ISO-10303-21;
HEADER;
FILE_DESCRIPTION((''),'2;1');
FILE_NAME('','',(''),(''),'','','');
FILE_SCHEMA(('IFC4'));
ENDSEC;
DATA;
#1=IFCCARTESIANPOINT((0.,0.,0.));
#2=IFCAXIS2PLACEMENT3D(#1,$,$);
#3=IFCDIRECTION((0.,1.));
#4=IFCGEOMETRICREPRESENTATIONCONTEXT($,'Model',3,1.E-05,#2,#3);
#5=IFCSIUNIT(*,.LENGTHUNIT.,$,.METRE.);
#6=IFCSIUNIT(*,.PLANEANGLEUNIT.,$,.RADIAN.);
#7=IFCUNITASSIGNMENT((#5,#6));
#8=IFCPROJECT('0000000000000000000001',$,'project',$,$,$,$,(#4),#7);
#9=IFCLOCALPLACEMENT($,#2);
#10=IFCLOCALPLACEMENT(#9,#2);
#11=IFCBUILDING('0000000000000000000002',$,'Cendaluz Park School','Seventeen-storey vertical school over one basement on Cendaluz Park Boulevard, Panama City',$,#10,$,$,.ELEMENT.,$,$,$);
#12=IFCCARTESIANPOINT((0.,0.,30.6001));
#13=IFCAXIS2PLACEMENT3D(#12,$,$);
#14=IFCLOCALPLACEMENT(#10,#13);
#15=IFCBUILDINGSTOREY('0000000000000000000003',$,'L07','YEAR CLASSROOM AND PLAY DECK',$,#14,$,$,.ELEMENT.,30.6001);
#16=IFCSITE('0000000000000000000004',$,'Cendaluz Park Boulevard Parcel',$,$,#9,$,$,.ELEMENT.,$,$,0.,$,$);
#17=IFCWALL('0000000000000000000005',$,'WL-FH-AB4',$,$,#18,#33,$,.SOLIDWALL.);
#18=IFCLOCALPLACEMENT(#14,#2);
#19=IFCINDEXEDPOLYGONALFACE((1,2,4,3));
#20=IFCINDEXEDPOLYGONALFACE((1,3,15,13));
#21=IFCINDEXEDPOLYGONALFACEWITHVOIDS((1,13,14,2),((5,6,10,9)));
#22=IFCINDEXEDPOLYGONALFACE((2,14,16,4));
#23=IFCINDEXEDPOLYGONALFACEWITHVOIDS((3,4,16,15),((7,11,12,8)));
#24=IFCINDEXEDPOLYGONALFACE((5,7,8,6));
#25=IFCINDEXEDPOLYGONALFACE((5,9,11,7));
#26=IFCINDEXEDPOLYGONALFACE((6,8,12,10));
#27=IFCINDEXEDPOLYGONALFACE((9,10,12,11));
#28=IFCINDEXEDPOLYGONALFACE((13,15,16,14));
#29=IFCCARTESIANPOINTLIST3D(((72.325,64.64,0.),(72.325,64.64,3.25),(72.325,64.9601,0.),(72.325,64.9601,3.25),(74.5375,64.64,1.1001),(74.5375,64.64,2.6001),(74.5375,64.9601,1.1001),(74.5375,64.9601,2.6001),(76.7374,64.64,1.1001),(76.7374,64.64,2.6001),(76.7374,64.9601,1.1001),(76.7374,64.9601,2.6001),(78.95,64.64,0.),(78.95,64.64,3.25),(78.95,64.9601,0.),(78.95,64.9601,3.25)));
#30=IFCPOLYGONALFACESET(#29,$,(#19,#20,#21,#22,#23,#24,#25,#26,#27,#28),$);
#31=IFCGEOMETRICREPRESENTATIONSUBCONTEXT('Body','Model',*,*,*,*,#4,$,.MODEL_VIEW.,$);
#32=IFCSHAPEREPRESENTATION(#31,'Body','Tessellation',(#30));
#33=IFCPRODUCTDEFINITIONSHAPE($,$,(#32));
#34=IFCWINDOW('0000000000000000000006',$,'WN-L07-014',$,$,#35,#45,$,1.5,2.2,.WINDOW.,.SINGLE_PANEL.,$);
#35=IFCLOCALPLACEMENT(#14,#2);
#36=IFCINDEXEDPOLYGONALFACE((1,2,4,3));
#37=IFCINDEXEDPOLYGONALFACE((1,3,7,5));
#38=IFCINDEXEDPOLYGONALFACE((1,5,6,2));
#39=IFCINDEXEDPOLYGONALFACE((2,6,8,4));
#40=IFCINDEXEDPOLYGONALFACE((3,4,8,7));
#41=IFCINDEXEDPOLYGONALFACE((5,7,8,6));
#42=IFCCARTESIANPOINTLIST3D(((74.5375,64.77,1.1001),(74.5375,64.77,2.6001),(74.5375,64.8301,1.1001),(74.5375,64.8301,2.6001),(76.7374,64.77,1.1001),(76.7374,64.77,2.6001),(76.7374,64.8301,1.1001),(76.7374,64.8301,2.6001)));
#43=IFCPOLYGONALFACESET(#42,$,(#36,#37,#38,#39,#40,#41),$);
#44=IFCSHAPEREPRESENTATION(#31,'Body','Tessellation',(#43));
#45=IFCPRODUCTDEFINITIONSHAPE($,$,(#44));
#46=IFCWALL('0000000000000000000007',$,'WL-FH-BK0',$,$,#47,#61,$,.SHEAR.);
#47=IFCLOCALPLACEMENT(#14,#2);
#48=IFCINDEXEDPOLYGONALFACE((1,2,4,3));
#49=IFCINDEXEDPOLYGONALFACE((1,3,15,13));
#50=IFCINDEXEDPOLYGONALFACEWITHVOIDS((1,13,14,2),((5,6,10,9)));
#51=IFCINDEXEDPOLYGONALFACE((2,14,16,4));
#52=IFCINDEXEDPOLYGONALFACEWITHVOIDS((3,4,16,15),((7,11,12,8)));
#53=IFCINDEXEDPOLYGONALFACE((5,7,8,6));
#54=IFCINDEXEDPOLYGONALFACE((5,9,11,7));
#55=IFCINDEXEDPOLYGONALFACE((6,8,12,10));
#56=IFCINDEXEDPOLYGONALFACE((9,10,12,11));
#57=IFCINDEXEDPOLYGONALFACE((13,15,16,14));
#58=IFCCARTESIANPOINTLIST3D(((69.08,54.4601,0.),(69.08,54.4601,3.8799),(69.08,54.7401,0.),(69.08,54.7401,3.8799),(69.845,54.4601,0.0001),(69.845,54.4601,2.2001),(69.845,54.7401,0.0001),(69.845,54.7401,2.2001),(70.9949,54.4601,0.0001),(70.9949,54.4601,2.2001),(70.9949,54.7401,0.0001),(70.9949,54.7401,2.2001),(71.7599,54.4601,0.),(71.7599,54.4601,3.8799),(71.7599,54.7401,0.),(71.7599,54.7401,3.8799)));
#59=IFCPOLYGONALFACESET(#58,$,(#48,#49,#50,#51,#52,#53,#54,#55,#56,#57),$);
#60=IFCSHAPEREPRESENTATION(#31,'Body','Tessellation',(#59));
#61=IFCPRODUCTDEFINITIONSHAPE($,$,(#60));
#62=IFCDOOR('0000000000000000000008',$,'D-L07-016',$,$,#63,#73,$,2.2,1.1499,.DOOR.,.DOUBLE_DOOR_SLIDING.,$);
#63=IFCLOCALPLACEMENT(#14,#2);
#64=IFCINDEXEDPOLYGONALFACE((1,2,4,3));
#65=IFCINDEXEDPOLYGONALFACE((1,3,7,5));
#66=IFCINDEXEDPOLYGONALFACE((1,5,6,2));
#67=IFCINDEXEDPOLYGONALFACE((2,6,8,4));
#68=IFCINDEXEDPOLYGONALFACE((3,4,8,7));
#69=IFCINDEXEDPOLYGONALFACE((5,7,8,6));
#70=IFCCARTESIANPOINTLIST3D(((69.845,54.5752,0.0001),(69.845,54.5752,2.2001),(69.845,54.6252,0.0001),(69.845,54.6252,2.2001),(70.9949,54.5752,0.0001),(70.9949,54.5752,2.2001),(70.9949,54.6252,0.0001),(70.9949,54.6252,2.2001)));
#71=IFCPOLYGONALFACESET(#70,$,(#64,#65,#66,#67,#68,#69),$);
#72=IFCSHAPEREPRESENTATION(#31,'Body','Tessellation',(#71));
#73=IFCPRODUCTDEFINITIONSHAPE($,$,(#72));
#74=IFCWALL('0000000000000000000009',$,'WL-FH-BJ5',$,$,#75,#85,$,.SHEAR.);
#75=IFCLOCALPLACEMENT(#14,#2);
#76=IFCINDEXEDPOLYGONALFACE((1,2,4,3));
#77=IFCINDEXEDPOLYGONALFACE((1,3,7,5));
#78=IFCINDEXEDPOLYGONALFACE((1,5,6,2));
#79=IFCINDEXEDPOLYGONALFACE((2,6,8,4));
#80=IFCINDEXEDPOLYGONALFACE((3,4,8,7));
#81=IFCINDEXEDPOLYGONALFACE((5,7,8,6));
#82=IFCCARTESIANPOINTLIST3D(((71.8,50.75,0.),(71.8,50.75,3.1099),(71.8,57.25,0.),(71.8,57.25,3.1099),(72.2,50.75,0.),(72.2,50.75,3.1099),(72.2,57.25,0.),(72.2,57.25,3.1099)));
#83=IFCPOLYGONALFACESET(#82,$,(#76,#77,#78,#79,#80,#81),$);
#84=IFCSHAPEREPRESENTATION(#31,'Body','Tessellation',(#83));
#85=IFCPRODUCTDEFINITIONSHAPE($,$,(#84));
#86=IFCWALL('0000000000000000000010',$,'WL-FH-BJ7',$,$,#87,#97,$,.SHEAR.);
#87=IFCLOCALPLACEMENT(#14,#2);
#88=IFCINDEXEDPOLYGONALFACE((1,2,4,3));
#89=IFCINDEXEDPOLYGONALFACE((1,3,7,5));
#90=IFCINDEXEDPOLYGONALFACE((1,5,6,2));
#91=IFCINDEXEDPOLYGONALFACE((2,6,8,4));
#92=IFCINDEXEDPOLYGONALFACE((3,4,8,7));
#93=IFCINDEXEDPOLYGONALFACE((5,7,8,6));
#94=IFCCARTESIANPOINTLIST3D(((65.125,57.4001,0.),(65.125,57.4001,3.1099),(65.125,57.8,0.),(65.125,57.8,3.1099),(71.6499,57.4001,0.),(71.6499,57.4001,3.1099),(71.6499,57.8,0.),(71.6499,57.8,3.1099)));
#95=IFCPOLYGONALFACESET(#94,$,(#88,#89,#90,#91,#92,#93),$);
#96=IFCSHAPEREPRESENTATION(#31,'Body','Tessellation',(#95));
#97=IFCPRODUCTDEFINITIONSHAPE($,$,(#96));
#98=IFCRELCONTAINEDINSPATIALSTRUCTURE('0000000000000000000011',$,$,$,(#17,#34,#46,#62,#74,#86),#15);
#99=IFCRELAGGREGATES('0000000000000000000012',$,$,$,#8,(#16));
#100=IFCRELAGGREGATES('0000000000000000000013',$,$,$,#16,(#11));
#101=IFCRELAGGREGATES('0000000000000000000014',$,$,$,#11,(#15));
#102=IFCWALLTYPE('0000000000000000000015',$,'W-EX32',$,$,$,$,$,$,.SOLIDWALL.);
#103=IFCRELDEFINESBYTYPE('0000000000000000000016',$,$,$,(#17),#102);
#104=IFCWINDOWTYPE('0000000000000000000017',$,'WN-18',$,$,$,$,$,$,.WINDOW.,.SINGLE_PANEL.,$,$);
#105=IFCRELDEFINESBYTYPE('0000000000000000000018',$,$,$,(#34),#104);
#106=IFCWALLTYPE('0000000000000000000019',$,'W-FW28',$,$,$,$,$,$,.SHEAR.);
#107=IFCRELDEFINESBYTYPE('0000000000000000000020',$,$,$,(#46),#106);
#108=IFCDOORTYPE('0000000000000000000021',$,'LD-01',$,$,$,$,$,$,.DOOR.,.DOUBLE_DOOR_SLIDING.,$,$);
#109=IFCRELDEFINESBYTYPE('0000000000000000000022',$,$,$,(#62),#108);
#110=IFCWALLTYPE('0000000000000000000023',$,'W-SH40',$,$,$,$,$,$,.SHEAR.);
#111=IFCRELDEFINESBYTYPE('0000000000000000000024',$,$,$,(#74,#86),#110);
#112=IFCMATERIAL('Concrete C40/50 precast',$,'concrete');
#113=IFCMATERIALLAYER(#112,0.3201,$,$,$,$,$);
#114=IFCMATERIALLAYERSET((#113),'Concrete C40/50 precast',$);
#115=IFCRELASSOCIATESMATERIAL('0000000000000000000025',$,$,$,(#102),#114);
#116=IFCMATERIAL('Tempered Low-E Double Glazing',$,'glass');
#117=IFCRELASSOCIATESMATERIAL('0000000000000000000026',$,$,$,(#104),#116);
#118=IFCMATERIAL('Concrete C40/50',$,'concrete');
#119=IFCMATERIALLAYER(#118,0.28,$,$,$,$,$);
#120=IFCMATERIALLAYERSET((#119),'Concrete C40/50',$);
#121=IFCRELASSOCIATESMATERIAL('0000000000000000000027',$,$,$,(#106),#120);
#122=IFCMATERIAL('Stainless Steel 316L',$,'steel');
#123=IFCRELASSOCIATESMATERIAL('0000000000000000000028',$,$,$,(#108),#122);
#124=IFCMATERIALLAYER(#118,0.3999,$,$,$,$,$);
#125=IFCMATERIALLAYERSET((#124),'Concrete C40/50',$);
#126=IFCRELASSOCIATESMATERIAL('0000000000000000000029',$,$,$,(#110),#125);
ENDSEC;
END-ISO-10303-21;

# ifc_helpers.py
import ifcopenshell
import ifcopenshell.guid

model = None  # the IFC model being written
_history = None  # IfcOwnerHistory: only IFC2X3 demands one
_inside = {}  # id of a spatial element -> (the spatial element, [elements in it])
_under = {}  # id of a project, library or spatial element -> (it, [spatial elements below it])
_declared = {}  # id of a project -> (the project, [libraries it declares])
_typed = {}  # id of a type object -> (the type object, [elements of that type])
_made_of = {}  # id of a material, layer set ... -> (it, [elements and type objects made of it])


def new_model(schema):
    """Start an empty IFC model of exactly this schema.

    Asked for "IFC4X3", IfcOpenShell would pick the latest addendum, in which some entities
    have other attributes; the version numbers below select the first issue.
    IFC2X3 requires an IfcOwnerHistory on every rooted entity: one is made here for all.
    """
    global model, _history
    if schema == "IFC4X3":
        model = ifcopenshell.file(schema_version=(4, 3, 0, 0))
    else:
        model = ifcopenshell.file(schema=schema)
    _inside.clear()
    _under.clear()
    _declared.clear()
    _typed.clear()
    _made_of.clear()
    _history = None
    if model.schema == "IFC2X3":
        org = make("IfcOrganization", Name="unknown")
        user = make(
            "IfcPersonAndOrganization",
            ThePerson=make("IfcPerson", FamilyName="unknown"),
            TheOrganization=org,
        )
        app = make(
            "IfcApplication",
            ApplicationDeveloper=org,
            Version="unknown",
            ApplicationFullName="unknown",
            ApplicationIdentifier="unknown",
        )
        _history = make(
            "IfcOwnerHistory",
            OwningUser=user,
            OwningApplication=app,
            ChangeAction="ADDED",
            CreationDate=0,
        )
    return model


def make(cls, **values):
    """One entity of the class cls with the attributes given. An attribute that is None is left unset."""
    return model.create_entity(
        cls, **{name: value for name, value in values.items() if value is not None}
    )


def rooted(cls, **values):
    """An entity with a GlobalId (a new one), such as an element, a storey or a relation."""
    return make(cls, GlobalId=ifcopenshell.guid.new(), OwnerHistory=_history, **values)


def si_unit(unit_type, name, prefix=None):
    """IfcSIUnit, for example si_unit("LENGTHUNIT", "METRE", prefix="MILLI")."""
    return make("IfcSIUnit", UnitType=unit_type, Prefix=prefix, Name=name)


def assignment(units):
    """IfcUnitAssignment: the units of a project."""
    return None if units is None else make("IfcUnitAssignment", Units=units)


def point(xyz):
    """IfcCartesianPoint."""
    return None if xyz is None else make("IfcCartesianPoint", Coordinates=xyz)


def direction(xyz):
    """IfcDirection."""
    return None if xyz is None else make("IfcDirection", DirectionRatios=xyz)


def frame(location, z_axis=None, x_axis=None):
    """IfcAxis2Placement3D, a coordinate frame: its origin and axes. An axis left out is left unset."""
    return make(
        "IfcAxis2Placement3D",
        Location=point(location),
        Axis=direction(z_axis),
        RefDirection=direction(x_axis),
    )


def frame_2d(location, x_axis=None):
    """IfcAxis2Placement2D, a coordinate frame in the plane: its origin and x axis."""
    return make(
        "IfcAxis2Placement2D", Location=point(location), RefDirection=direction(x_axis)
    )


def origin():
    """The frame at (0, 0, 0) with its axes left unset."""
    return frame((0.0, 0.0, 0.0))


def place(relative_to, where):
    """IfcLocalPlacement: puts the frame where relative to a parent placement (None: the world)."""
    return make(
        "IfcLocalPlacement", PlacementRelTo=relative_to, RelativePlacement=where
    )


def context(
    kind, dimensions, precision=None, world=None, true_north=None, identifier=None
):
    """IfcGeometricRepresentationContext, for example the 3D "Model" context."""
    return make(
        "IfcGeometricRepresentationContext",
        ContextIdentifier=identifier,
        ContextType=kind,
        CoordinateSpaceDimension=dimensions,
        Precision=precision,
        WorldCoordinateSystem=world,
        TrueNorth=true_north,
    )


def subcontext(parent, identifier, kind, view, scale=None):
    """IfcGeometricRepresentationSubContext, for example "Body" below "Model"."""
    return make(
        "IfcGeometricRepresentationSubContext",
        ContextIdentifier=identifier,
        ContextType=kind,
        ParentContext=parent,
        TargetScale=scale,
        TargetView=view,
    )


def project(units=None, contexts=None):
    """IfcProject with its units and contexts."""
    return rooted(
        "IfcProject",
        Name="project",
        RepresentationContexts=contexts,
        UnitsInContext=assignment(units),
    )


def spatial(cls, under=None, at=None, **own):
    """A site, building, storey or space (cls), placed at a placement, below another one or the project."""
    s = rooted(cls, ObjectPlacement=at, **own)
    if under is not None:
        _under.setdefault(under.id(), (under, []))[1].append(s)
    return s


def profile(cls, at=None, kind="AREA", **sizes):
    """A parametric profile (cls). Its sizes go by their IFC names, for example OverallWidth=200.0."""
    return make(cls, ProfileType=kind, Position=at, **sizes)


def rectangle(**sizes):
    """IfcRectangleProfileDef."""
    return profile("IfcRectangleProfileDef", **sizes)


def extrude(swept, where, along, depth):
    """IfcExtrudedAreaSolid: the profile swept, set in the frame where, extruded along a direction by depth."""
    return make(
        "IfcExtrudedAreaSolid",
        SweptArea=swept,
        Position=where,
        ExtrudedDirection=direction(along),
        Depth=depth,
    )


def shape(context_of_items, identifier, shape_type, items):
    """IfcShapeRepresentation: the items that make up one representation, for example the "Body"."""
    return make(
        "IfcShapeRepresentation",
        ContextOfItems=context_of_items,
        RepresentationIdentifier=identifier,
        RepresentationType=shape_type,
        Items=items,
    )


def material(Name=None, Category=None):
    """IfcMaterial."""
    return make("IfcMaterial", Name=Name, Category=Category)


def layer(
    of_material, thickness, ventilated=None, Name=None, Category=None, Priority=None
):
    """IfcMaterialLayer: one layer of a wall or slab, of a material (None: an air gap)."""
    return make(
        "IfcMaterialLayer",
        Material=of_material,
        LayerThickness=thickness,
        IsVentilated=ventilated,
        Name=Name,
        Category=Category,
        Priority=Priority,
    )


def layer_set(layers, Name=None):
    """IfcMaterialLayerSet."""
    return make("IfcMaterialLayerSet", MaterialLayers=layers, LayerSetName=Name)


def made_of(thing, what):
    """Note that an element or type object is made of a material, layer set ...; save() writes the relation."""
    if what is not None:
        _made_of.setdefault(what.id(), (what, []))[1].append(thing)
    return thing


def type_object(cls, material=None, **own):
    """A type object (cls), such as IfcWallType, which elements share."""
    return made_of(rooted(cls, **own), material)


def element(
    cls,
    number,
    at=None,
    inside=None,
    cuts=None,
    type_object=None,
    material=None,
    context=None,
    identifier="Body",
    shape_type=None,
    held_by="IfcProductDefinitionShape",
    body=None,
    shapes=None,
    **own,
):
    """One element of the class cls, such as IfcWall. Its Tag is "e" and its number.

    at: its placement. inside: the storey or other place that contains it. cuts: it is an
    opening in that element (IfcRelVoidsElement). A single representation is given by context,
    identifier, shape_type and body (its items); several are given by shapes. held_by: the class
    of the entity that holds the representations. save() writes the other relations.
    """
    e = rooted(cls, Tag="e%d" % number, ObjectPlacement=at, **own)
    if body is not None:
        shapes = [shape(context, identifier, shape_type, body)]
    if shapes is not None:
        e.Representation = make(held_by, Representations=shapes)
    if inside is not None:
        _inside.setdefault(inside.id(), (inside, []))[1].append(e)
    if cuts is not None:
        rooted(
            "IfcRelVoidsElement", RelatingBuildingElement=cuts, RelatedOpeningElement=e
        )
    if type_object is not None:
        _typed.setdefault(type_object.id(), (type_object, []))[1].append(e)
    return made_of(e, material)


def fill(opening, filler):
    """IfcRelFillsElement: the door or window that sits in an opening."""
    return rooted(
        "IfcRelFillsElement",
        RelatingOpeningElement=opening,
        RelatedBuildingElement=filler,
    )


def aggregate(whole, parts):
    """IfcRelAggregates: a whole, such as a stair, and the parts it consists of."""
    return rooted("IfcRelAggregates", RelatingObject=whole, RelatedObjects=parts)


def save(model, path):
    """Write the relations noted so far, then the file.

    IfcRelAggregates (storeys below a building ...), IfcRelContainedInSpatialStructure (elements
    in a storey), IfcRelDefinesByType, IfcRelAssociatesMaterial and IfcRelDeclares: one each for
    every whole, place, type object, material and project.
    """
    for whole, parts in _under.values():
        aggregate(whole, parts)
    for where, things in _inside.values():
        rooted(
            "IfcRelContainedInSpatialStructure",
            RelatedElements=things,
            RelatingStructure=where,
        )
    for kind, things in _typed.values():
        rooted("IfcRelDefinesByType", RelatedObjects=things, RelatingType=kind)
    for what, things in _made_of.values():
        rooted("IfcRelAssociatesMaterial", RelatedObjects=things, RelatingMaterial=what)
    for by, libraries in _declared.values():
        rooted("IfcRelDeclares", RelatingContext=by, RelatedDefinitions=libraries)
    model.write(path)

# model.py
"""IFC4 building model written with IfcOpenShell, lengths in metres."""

from ifc_helpers import new_model, si_unit, direction, frame, frame_2d, origin, place, context, subcontext, project, spatial, rectangle, extrude, material, layer, layer_set, type_object, element, fill, save


model = new_model("IFC4")

# Units and contexts
model_context = context("Model", 3, precision=1e-05, world=origin(), true_north=direction((0.0, 1.0)))
body_context = subcontext(model_context, "Body", "Model", "MODEL_VIEW")
ifc_project = project(units=[si_unit("LENGTHUNIT", "METRE"), si_unit("PLANEANGLEUNIT", "RADIAN")], contexts=[model_context])

# Site, building, storey
site_placement = place(None, origin())
site = spatial("IfcSite", under=ifc_project, at=site_placement, Name="Cendaluz Park Boulevard Parcel", CompositionType="ELEMENT", RefElevation=0.0)
building_placement = place(site_placement, origin())
building = spatial("IfcBuilding", under=site, at=building_placement, Name="Cendaluz Park School", Description="Seventeen-storey vertical school over one basement on Cendaluz Park Boulevard, Panama City", CompositionType="ELEMENT")
storey_placement = place(building_placement, frame((0.0, 0.0, 30.6001)))
storey = spatial("IfcBuildingStorey", under=building, at=storey_placement, Name="L07", Description="YEAR CLASSROOM AND PLAY DECK", CompositionType="ELEMENT", Elevation=30.6001)

# Shared definitions
ifc_material_1 = material(Name="Concrete C40/50", Category="concrete")

# Wall, opening, window
ifc_material_2 = material(Name="Concrete C40/50 precast", Category="concrete")
ifc_layer_1 = layer(ifc_material_2, 0.3201)
ifc_layer_set_1 = layer_set([ifc_layer_1], Name="Concrete C40/50 precast")
wall_type_1 = type_object("IfcWallType", Name="W-EX32", PredefinedType="SOLIDWALL", material=ifc_layer_set_1)
ifc_material_3 = material(Name="Tempered Low-E Double Glazing", Category="glass")
wall_1_placement = place(storey_placement, frame((72.325, 64.8, 0.0), z_axis=(0.0, 0.0, 1.0), x_axis=(1.0, 0.0, 0.0)))
wall_1 = element("IfcWall", 1, at=wall_1_placement, inside=storey, type_object=wall_type_1, Name="WL-FH-AB4", PredefinedType="SOLIDWALL", context=body_context, shape_type="SweptSolid", body=[
    extrude(rectangle(XDim=6.625, YDim=0.3201, at=frame_2d((3.3125, 0.0))), origin(), (0.0, 0.0, 1.0), 3.25),
])
opening_1_placement = place(wall_1_placement, frame((2.2124, 0.0, 1.1001)))
opening_1 = element("IfcOpeningElement", 2, at=opening_1_placement, cuts=wall_1, PredefinedType="OPENING", context=body_context, shape_type="SweptSolid", body=[
    extrude(rectangle(XDim=2.2, YDim=1.5, at=frame_2d((1.1001, 0.75))), frame((0.0, 0.1721, 0.0), z_axis=(0.0, -1.0, 0.0), x_axis=(1.0, 0.0, 0.0)), (0.0, 0.0, 1.0), 0.344),
])
window_type_1 = type_object("IfcWindowType", Name="WN-18", PartitioningType="SINGLE_PANEL", PredefinedType="WINDOW", material=ifc_material_3)
window_1_placement = place(opening_1_placement, origin())
window_1 = element("IfcWindow", 3, at=window_1_placement, inside=storey, type_object=window_type_1, Name="WN-L07-014", OverallHeight=1.5, OverallWidth=2.2, PartitioningType="SINGLE_PANEL", PredefinedType="WINDOW", context=body_context, shape_type="SweptSolid", body=[
    extrude(rectangle(XDim=2.2, YDim=1.5, at=frame_2d((1.1001, 0.75))), frame((0.0, 0.03, 0.0), z_axis=(0.0, -1.0, 0.0), x_axis=(1.0, 0.0, 0.0)), (0.0, 0.0, 1.0), 0.0601),
])
fill(opening_1, window_1)

# Wall, opening, door
ifc_layer_2 = layer(ifc_material_1, 0.28)
ifc_layer_set_2 = layer_set([ifc_layer_2], Name="Concrete C40/50")
wall_type_2 = type_object("IfcWallType", Name="W-FW28", PredefinedType="SHEAR", material=ifc_layer_set_2)
wall_2_placement = place(storey_placement, frame((69.0801, 54.6001, 0.0), z_axis=(0.0, 0.0, 1.0), x_axis=(1.0, 0.0, 0.0)))
wall_2 = element("IfcWall", 4, at=wall_2_placement, inside=storey, type_object=wall_type_2, Name="WL-FH-BK0", PredefinedType="SHEAR", context=body_context, shape_type="SweptSolid", body=[
    extrude(rectangle(XDim=2.6799, YDim=0.28, at=frame_2d((1.3398, 0.0))), origin(), (0.0, 0.0, 1.0), 3.8799),
])
opening_2_placement = place(wall_2_placement, frame((0.7649, 0.0, 0.0)))
opening_2 = element("IfcOpeningElement", 5, at=opening_2_placement, cuts=wall_2, PredefinedType="OPENING", context=body_context, shape_type="SweptSolid", body=[
    extrude(rectangle(XDim=1.1499, YDim=2.2, at=frame_2d((0.575, 1.1001))), frame((0.0, 0.1521, 0.0), z_axis=(0.0, -1.0, 0.0), x_axis=(1.0, 0.0, 0.0)), (0.0, 0.0, 1.0), 0.304),
])
ifc_material_4 = material(Name="Stainless Steel 316L", Category="steel")
door_type_1 = type_object("IfcDoorType", Name="LD-01", OperationType="DOUBLE_DOOR_SLIDING", PredefinedType="DOOR", material=ifc_material_4)
door_1_placement = place(opening_2_placement, frame((1.1499, 0.0, 0.0), z_axis=(0.0, 0.0, 1.0), x_axis=(-1.0, 0.0, 0.0)))
door_1 = element("IfcDoor", 6, at=door_1_placement, inside=storey, type_object=door_type_1, Name="D-L07-016", OperationType="DOUBLE_DOOR_SLIDING", OverallHeight=2.2, OverallWidth=1.1499, PredefinedType="DOOR", context=body_context, shape_type="SweptSolid", body=[
    extrude(rectangle(XDim=1.1499, YDim=2.2, at=frame_2d((0.575, 1.1001))), frame((0.0, 0.0249, 0.0), z_axis=(0.0, -1.0, 0.0), x_axis=(1.0, 0.0, 0.0)), (0.0, 0.0, 1.0), 0.05),
])
fill(opening_2, door_1)

# Walls
ifc_layer_3 = layer(ifc_material_1, 0.3999)
ifc_layer_set_3 = layer_set([ifc_layer_3], Name="Concrete C40/50")
wall_type_3 = type_object("IfcWallType", Name="W-SH40", PredefinedType="SHEAR", material=ifc_layer_set_3)
wall_3_placement = place(storey_placement, frame((72.0, 50.75, 0.0), z_axis=(0.0, 0.0, 1.0), x_axis=(0.0, 1.0, 0.0)))
element("IfcWall", 7, at=wall_3_placement, inside=storey, type_object=wall_type_3, Name="WL-FH-BJ5", PredefinedType="SHEAR", context=body_context, shape_type="SweptSolid", body=[
    extrude(rectangle(XDim=6.5, YDim=0.3999, at=frame_2d((3.25, 0.0))), origin(), (0.0, 0.0, 1.0), 3.1099),
])
wall_4_placement = place(storey_placement, frame((65.125, 57.6001, 0.0), z_axis=(0.0, 0.0, 1.0), x_axis=(1.0, 0.0, 0.0)))
element("IfcWall", 8, at=wall_4_placement, inside=storey, type_object=wall_type_3, Name="WL-FH-BJ7", PredefinedType="SHEAR", context=body_context, shape_type="SweptSolid", body=[
    extrude(rectangle(XDim=6.5249, YDim=0.3999, at=frame_2d((3.2625, 0.0))), origin(), (0.0, 0.0, 1.0), 3.1099),
])

save(model, "model.ifc")
